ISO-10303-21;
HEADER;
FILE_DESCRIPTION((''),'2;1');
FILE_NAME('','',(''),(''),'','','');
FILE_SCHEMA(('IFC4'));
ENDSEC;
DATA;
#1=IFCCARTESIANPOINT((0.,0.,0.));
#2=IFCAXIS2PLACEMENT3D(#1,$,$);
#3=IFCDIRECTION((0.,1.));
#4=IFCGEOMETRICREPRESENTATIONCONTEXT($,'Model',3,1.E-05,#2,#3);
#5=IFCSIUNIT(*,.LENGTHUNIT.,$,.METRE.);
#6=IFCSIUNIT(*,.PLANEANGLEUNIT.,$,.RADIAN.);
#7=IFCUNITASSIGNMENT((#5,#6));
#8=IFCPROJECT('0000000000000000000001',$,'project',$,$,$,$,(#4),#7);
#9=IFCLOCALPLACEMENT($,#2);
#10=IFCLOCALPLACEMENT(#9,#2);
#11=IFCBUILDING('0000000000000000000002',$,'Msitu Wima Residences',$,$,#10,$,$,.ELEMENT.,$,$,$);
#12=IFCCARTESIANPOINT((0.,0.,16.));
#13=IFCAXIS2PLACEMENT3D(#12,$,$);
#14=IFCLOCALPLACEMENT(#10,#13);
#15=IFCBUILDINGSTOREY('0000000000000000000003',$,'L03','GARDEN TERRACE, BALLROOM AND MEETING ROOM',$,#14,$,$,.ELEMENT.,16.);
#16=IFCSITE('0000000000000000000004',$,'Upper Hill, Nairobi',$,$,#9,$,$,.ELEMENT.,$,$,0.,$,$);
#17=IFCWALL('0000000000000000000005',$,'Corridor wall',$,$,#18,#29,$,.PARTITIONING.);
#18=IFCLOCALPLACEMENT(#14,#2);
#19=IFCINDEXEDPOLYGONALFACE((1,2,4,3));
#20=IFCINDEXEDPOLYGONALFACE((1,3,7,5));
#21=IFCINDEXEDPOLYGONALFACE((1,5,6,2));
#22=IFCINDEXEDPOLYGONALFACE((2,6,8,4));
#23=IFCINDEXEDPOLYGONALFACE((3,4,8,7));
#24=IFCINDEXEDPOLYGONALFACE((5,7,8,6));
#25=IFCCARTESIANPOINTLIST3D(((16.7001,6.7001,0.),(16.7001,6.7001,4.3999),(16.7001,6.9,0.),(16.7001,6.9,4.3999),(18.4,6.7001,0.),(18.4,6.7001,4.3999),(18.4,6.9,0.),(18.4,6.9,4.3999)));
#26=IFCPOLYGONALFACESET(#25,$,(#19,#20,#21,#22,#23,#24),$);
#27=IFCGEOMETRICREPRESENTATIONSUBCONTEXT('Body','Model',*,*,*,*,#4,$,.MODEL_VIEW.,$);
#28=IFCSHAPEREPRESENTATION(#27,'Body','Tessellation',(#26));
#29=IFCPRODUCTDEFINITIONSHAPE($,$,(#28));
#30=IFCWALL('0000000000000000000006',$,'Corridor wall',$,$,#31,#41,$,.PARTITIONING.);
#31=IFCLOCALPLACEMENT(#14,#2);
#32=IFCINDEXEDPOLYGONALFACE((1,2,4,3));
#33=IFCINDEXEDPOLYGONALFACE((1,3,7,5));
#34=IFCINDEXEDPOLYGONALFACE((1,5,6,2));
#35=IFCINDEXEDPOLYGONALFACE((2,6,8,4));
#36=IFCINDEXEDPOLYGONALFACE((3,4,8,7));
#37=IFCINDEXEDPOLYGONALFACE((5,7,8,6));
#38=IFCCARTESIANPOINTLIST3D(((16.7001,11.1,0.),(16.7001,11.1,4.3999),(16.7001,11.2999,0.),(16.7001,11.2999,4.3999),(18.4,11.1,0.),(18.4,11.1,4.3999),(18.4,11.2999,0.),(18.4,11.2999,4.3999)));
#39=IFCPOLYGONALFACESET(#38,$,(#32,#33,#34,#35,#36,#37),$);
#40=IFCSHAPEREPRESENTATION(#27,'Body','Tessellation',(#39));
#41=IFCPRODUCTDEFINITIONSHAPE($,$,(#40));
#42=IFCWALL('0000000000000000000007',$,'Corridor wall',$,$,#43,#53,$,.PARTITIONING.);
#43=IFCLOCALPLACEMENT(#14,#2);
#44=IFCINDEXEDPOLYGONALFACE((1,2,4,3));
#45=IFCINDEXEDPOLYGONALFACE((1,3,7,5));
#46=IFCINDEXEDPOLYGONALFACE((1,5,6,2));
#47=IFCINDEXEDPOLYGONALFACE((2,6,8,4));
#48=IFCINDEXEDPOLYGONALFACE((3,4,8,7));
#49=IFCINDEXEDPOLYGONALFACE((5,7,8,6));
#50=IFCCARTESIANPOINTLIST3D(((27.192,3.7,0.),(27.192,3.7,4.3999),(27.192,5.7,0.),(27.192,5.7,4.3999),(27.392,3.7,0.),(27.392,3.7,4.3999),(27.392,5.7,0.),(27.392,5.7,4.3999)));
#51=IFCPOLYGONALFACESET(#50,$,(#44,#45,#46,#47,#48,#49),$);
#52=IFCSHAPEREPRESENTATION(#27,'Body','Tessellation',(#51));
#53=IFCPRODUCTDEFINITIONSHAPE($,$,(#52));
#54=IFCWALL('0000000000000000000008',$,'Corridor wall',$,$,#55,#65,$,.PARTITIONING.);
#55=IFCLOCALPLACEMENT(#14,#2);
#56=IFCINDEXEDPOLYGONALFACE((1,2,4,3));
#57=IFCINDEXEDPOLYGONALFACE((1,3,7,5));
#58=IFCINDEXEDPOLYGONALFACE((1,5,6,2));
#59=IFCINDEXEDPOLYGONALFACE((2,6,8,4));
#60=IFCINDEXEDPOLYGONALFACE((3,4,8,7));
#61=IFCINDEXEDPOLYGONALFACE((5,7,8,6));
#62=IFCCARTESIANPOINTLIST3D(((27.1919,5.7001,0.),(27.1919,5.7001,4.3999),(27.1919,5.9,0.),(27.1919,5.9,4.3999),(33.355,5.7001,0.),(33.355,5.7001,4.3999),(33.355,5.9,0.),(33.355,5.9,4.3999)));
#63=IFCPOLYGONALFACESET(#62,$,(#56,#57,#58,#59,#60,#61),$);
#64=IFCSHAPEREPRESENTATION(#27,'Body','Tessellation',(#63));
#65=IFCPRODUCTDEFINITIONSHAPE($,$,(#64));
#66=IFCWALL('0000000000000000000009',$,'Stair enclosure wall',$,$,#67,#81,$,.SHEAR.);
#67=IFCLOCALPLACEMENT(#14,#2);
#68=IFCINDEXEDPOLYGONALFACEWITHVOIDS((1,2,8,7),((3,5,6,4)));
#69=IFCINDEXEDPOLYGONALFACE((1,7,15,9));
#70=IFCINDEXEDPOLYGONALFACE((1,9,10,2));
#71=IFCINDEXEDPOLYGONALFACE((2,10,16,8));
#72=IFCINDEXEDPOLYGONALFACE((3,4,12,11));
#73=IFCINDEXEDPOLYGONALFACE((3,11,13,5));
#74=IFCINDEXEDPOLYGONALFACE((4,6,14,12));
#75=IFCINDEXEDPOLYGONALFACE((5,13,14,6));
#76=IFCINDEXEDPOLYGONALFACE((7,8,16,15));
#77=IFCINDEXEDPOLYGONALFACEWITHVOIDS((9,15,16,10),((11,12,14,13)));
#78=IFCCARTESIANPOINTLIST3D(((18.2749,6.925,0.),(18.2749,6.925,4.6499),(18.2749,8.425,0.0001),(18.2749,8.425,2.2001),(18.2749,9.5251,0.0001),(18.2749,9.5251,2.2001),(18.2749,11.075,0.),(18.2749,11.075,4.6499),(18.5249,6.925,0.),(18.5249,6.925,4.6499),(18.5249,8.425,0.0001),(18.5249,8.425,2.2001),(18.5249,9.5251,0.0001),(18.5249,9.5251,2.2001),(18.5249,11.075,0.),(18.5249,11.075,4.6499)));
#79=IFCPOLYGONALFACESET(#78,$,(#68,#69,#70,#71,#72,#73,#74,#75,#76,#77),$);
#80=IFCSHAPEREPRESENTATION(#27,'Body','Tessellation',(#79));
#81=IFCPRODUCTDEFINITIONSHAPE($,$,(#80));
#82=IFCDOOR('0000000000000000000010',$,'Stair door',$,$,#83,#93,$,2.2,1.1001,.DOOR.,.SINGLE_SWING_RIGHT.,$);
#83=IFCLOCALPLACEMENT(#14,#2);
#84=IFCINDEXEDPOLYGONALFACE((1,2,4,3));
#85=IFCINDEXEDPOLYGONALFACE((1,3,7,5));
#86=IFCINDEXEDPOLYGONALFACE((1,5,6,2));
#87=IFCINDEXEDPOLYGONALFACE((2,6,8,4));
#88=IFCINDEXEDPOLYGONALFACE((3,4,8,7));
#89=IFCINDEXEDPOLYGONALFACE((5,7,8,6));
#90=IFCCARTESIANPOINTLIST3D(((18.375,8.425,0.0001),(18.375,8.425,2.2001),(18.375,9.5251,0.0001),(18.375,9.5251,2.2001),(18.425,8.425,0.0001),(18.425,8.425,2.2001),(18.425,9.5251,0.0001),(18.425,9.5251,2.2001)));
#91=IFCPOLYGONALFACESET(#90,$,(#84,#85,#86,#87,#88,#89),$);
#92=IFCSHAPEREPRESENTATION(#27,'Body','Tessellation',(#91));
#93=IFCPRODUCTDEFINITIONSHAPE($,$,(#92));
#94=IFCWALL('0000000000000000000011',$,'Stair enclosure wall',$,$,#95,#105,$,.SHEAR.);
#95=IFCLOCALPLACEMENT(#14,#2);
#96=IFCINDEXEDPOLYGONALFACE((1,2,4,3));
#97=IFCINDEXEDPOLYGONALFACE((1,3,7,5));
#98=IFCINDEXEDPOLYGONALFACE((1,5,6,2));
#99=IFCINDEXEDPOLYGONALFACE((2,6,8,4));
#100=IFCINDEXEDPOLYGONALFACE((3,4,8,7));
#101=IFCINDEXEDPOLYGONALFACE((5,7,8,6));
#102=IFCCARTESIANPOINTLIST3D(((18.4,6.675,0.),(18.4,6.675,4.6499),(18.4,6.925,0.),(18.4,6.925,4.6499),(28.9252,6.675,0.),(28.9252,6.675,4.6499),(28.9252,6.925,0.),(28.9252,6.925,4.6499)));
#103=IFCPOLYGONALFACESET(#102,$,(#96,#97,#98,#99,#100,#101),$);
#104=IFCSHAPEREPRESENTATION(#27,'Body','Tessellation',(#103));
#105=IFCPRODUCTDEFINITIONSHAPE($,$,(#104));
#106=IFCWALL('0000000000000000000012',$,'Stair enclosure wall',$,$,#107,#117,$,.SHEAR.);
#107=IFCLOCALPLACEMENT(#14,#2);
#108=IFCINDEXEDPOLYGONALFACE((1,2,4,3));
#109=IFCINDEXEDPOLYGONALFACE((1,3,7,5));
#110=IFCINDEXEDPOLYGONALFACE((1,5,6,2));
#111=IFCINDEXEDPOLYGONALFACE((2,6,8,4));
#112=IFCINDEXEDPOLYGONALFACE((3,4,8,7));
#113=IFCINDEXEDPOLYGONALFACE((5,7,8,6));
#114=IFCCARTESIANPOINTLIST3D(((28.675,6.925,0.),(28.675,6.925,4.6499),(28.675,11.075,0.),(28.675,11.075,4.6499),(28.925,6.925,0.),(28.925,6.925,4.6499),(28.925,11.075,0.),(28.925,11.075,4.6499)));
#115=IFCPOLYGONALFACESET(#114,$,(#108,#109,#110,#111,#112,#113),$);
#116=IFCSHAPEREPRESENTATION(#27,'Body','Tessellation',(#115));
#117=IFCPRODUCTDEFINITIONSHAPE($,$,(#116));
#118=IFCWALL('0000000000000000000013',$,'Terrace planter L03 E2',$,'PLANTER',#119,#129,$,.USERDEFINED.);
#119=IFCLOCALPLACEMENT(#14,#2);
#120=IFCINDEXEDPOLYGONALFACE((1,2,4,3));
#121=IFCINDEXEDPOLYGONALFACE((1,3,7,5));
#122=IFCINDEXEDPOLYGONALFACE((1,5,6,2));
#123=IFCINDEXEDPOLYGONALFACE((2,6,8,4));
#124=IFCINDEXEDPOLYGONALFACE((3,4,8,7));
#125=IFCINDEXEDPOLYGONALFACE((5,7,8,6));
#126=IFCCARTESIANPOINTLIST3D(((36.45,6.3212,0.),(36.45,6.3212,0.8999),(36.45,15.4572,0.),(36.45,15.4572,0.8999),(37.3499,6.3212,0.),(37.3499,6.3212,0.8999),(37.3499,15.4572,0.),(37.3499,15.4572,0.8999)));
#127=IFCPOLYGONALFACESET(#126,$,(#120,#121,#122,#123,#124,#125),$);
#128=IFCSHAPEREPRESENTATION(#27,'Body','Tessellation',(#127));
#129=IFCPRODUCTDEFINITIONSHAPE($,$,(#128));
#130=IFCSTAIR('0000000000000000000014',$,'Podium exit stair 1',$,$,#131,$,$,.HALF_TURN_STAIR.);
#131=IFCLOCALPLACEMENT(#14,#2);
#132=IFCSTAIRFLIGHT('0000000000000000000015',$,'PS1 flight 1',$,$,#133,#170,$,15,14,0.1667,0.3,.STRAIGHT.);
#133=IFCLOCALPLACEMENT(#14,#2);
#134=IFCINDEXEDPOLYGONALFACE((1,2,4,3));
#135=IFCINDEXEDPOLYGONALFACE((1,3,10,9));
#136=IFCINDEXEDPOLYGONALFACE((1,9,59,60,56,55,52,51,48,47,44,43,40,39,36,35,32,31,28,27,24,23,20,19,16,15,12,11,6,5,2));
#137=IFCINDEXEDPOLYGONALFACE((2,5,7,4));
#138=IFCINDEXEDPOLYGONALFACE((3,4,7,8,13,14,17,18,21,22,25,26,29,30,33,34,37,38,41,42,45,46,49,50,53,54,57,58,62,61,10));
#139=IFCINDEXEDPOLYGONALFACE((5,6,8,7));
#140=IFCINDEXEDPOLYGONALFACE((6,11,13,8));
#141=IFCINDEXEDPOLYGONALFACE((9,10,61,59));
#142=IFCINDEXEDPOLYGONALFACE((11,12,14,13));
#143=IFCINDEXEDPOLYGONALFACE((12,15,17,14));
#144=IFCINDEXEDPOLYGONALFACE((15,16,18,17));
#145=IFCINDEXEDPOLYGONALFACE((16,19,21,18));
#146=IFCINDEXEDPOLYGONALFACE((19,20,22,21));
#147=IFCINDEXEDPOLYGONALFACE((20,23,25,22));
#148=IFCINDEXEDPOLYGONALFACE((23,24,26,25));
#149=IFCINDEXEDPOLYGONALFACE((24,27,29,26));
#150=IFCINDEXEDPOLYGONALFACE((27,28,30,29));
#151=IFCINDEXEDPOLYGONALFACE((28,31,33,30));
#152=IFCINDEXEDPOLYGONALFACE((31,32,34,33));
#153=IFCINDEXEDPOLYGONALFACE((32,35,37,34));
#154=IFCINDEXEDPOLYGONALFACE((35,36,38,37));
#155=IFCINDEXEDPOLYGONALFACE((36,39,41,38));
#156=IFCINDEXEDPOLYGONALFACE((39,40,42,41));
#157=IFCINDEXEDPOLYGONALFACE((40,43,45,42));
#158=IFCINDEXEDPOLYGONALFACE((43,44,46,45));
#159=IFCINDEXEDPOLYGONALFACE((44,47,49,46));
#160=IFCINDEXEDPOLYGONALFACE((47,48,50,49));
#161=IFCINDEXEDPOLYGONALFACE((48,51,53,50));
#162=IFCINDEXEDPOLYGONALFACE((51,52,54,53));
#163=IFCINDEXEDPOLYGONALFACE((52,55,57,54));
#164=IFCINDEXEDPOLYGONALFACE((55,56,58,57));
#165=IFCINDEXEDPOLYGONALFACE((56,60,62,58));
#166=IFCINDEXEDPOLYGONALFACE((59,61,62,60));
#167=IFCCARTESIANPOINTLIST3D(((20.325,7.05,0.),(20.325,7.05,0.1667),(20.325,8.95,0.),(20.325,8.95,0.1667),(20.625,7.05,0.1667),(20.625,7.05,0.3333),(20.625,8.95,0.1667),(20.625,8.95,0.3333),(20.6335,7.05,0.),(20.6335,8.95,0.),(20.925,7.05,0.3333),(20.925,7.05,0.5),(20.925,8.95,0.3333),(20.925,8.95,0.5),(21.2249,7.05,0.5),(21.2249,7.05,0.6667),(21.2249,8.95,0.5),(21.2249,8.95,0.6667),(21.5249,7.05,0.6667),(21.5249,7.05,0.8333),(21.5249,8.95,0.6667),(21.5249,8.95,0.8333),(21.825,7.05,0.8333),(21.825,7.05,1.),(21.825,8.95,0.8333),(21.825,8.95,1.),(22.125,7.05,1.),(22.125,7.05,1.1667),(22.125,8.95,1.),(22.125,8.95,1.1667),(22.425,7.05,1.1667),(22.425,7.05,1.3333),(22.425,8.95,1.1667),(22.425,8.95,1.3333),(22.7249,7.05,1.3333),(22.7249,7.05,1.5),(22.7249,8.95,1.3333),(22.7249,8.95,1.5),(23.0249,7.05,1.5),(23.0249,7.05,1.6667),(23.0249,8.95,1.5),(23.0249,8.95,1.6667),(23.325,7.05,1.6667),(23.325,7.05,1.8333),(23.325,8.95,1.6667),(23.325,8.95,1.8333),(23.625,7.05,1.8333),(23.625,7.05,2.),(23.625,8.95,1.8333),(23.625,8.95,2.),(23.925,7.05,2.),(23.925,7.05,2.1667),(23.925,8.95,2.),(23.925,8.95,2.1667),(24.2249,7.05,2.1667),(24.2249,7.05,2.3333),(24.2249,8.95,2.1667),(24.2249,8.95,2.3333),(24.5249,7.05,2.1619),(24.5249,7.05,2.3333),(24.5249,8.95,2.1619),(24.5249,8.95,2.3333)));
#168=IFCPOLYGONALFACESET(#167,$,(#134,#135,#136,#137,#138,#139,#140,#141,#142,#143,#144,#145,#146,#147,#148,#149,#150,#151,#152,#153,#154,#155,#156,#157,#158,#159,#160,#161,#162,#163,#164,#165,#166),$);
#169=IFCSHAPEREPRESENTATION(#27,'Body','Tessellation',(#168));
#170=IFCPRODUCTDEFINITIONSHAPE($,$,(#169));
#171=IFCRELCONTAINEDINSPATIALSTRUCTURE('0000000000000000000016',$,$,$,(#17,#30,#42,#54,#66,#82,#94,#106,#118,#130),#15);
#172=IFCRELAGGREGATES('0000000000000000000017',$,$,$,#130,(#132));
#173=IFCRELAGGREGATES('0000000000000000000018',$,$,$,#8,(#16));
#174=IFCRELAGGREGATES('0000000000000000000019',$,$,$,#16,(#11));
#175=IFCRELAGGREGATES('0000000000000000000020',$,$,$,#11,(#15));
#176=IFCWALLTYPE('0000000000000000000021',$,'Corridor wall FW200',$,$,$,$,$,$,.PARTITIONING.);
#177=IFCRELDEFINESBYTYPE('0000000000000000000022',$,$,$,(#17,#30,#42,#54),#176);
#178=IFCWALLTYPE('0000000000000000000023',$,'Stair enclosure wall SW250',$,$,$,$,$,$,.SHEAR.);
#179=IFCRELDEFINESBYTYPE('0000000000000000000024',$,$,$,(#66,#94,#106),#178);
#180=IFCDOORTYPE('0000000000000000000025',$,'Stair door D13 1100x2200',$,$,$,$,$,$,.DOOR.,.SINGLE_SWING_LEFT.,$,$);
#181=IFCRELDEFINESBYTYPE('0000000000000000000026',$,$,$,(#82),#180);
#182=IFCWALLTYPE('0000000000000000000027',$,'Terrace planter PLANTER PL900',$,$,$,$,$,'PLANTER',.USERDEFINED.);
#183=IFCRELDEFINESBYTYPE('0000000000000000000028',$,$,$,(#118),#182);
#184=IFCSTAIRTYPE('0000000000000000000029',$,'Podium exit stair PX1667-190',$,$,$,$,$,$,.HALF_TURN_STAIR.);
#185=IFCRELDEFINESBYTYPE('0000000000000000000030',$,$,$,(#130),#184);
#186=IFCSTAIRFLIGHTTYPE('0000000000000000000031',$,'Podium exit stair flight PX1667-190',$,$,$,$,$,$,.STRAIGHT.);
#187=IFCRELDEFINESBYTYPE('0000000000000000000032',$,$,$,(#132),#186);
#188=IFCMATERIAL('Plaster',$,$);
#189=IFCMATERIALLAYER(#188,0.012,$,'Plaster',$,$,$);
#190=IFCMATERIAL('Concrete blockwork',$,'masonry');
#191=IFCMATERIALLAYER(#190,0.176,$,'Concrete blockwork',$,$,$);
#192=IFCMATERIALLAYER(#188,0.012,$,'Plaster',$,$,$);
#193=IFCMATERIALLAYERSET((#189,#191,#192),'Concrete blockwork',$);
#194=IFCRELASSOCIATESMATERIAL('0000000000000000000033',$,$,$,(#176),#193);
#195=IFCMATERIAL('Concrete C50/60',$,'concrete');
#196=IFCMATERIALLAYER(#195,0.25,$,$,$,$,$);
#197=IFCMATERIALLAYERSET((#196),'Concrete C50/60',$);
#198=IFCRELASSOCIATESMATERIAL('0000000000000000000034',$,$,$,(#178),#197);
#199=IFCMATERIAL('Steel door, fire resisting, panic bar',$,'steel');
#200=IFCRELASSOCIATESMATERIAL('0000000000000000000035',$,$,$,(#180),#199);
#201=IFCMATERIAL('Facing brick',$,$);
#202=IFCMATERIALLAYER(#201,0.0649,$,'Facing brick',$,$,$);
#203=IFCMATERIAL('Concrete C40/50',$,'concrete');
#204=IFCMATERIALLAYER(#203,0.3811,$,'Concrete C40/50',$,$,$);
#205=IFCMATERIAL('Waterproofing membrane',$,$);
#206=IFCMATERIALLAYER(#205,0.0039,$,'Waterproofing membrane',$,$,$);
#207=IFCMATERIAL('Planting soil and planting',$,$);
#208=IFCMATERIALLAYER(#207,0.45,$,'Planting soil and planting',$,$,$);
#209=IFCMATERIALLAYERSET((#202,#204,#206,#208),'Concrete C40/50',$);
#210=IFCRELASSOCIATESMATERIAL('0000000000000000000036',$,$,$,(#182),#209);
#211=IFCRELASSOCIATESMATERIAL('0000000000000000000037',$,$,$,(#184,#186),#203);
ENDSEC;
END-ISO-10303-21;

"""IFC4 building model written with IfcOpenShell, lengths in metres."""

from ifc_helpers import new_model, si_unit, direction, frame, frame_2d, origin, place, context, subcontext, project, spatial, polyline, rectangle, outline, extrude, material, layer, layer_set, type_object, element, fill, aggregate, save


model = new_model("IFC4")

# Units and contexts
model_context = context("Model", 3, precision=1e-05, world=origin(), true_north=direction((0.0, 1.0)))
body_context = subcontext(model_context, "Body", "Model", "MODEL_VIEW")
ifc_project = project(units=[si_unit("LENGTHUNIT", "METRE"), si_unit("PLANEANGLEUNIT", "RADIAN")], contexts=[model_context])

# Site, building, storey
site_placement = place(None, origin())
site = spatial("IfcSite", under=ifc_project, at=site_placement, Name="Upper Hill, Nairobi", CompositionType="ELEMENT", RefElevation=0.0)
building_placement = place(site_placement, origin())
building = spatial("IfcBuilding", under=site, at=building_placement, Name="Msitu Wima Residences", CompositionType="ELEMENT")
storey_placement = place(building_placement, frame((0.0, 0.0, 16.0)))
storey = spatial("IfcBuildingStorey", under=building, at=storey_placement, Name="L03", Description="GARDEN TERRACE, BALLROOM AND MEETING ROOM", CompositionType="ELEMENT", Elevation=16.0)

# Shared definitions
ifc_material_1 = material(Name="Concrete C40/50", Category="concrete")

# Shared definitions
ifc_material_2 = material(Name="Plaster")
ifc_layer_1 = layer(ifc_material_2, 0.012, Name="Plaster")
ifc_material_3 = material(Name="Concrete blockwork", Category="masonry")
ifc_layer_2 = layer(ifc_material_3, 0.176, Name="Concrete blockwork")
ifc_layer_3 = layer(ifc_material_2, 0.012, Name="Plaster")
ifc_layer_set_1 = layer_set([ifc_layer_1, ifc_layer_2, ifc_layer_3], Name="Concrete blockwork")
wall_type_1 = type_object("IfcWallType", Name="Corridor wall FW200", PredefinedType="PARTITIONING", material=ifc_layer_set_1)

# Walls
for number, where, z_axis, x_axis, name in (
    (1, (16.7, 6.8, 0.0), (0.0, 0.0, 1.0), (1.0, 0.0, 0.0), "Corridor wall"),
    (2, (16.7, 11.2, 0.0), (0.0, 0.0, 1.0), (1.0, 0.0, 0.0), "Corridor wall"),
):
    element("IfcWall", number, at=place(storey_placement, frame(where, z_axis=z_axis, x_axis=x_axis)), inside=storey, type_object=wall_type_1, Name=name, PredefinedType="PARTITIONING", context=body_context, shape_type="SweptSolid", body=[
        extrude(rectangle(XDim=1.7, YDim=0.2, at=frame_2d((0.8501, 0.0))), origin(), (0.0, 0.0, 1.0), 4.3999),
    ])
wall_1_placement = place(storey_placement, frame((27.292, 3.7, 0.0), z_axis=(0.0, 0.0, 1.0), x_axis=(0.0, 1.0, 0.0)))
element("IfcWall", 3, at=wall_1_placement, inside=storey, type_object=wall_type_1, Name="Corridor wall", PredefinedType="PARTITIONING", context=body_context, shape_type="SweptSolid", body=[
    extrude(rectangle(XDim=2.0, YDim=0.2, at=frame_2d((1.0, 0.0))), origin(), (0.0, 0.0, 1.0), 4.3999),
])
wall_2_placement = place(storey_placement, frame((27.1919, 5.8, 0.0), z_axis=(0.0, 0.0, 1.0), x_axis=(1.0, 0.0, 0.0)))
element("IfcWall", 4, at=wall_2_placement, inside=storey, type_object=wall_type_1, Name="Corridor wall", PredefinedType="PARTITIONING", context=body_context, shape_type="SweptSolid", body=[
    extrude(rectangle(XDim=6.1631, YDim=0.2, at=frame_2d((3.0815, 0.0))), origin(), (0.0, 0.0, 1.0), 4.3999),
])

# Wall, opening, door
ifc_material_4 = material(Name="Concrete C50/60", Category="concrete")
ifc_layer_4 = layer(ifc_material_4, 0.25)
ifc_layer_set_2 = layer_set([ifc_layer_4], Name="Concrete C50/60")
wall_type_2 = type_object("IfcWallType", Name="Stair enclosure wall SW250", PredefinedType="SHEAR", material=ifc_layer_set_2)
wall_3_placement = place(storey_placement, frame((18.3999, 6.925, 0.0), z_axis=(0.0, 0.0, 1.0), x_axis=(0.0, 1.0, 0.0)))
wall_3 = element("IfcWall", 5, at=wall_3_placement, inside=storey, type_object=wall_type_2, Name="Stair enclosure wall", PredefinedType="SHEAR", context=body_context, shape_type="SweptSolid", body=[
    extrude(rectangle(XDim=4.1499, YDim=0.25, at=frame_2d((2.075, 0.0))), origin(), (0.0, 0.0, 1.0), 4.6499),
])
opening_1_placement = place(wall_3_placement, frame((1.5, 0.0, 0.0)))
opening_1 = element("IfcOpeningElement", 6, at=opening_1_placement, cuts=wall_3, PredefinedType="OPENING", context=body_context, shape_type="SweptSolid", body=[
    extrude(rectangle(XDim=1.1001, YDim=2.2, at=frame_2d((0.55, 1.1001))), frame((0.0, 0.135, 0.0), z_axis=(0.0, -1.0, 0.0), x_axis=(1.0, 0.0, 0.0)), (0.0, 0.0, 1.0), 0.27),
])
ifc_material_5 = material(Name="Steel door, fire resisting, panic bar", Category="steel")
door_type_1 = type_object("IfcDoorType", Name="Stair door D13 1100x2200", OperationType="SINGLE_SWING_LEFT", PredefinedType="DOOR", material=ifc_material_5)
door_1_placement = place(opening_1_placement, origin())
door_1 = element("IfcDoor", 7, at=door_1_placement, inside=storey, type_object=door_type_1, Name="Stair door", OperationType="SINGLE_SWING_RIGHT", OverallHeight=2.2, OverallWidth=1.1001, PredefinedType="DOOR", context=body_context, shape_type="SweptSolid", body=[
    extrude(rectangle(XDim=1.1001, YDim=2.2, at=frame_2d((0.55, 1.1001))), frame((0.0, 0.0249, 0.0), z_axis=(0.0, -1.0, 0.0), x_axis=(1.0, 0.0, 0.0)), (0.0, 0.0, 1.0), 0.05),
])
fill(opening_1, door_1)

# Walls
wall_4_placement = place(storey_placement, frame((18.3999, 6.8, 0.0), z_axis=(0.0, 0.0, 1.0), x_axis=(1.0, 0.0, 0.0)))
element("IfcWall", 8, at=wall_4_placement, inside=storey, type_object=wall_type_2, Name="Stair enclosure wall", PredefinedType="SHEAR", context=body_context, shape_type="SweptSolid", body=[
    extrude(rectangle(XDim=10.5251, YDim=0.25, at=frame_2d((5.2627, 0.0))), origin(), (0.0, 0.0, 1.0), 4.6499),
])
wall_5_placement = place(storey_placement, frame((28.8, 6.925, 0.0), z_axis=(0.0, 0.0, 1.0), x_axis=(0.0, 1.0, 0.0)))
element("IfcWall", 9, at=wall_5_placement, inside=storey, type_object=wall_type_2, Name="Stair enclosure wall", PredefinedType="SHEAR", context=body_context, shape_type="SweptSolid", body=[
    extrude(rectangle(XDim=4.1499, YDim=0.25, at=frame_2d((2.075, 0.0))), origin(), (0.0, 0.0, 1.0), 4.6499),
])
ifc_material_6 = material(Name="Facing brick")
ifc_layer_5 = layer(ifc_material_6, 0.0649, Name="Facing brick")
ifc_layer_6 = layer(ifc_material_1, 0.3811, Name="Concrete C40/50")
ifc_material_7 = material(Name="Waterproofing membrane")
ifc_layer_7 = layer(ifc_material_7, 0.0039, Name="Waterproofing membrane")
ifc_material_8 = material(Name="Planting soil and planting")
ifc_layer_8 = layer(ifc_material_8, 0.45, Name="Planting soil and planting")
ifc_layer_set_3 = layer_set([ifc_layer_5, ifc_layer_6, ifc_layer_7, ifc_layer_8], Name="Concrete C40/50")
wall_type_3 = type_object("IfcWallType", Name="Terrace planter PLANTER PL900", ElementType="PLANTER", PredefinedType="USERDEFINED", material=ifc_layer_set_3)
wall_6_placement = place(storey_placement, frame((36.8999, 6.3213, 0.0), z_axis=(0.0, 0.0, 1.0), x_axis=(0.0, 1.0, 0.0)))
element("IfcWall", 10, at=wall_6_placement, inside=storey, type_object=wall_type_3, Name="Terrace planter L03 E2", ObjectType="PLANTER", PredefinedType="USERDEFINED", context=body_context, shape_type="SweptSolid", body=[
    extrude(rectangle(XDim=9.136, YDim=0.8999, at=frame_2d((4.5679, 0.0))), origin(), (0.0, 0.0, 1.0), 0.8999),
])

# Stair, stair flight
stair_type = type_object("IfcStairType", Name="Podium exit stair PX1667-190", PredefinedType="HALF_TURN_STAIR", material=ifc_material_1)
stair_placement = place(storey_placement, origin())
stair = element("IfcStair", 11, at=stair_placement, inside=storey, type_object=stair_type, Name="Podium exit stair 1", PredefinedType="HALF_TURN_STAIR")
stair_flight_type = type_object("IfcStairFlightType", Name="Podium exit stair flight PX1667-190", PredefinedType="STRAIGHT", material=ifc_material_1)
stair_flight_1_placement = place(storey_placement, frame((20.325, 8.0, 0.0), z_axis=(0.0, 0.0, 1.0), x_axis=(1.0, 0.0, 0.0)))
stair_flight_1 = element("IfcStairFlight", 12, at=stair_flight_1_placement, type_object=stair_flight_type, Name="PS1 flight 1", NumberOfRisers=15, NumberOfTreads=14, PredefinedType="STRAIGHT", RiserHeight=0.1667, TreadLength=0.3, context=body_context, shape_type="SweptSolid", body=[
    extrude(outline(polyline([(0.0, 0.0), (0.0, 0.1667), (0.3, 0.1667), (0.3, 0.3333), (0.6001, 0.3333), (0.6001, 0.5), (0.8999, 0.5), (0.8999, 0.6667), (1.2, 0.6667), (1.2, 0.8333), (1.5, 0.8333), (1.5, 1.0), (1.8, 1.0), (1.8, 1.1667), (2.1001, 1.1667), (2.1001, 1.3333), (2.3999, 1.3333), (2.3999, 1.5), (2.7, 1.5), (2.7, 1.6667), (3.0, 1.6667), (3.0, 1.8333), (3.3, 1.8333), (3.3, 2.0), (3.6001, 2.0), (3.6001, 2.1667), (3.8999, 2.1667), (3.8999, 2.3333), (4.2, 2.3333), (4.2, 2.5), (4.2, 2.1619), (0.3086, 0.0), (0.0, 0.0)])), frame((0.0, 0.95, 0.0), z_axis=(0.0, -1.0, 0.0), x_axis=(1.0, 0.0, 0.0)), (0.0, 0.0, 1.0), 1.8999),
])
aggregate(stair, [stair_flight_1])

save(model, "model.ifc")
